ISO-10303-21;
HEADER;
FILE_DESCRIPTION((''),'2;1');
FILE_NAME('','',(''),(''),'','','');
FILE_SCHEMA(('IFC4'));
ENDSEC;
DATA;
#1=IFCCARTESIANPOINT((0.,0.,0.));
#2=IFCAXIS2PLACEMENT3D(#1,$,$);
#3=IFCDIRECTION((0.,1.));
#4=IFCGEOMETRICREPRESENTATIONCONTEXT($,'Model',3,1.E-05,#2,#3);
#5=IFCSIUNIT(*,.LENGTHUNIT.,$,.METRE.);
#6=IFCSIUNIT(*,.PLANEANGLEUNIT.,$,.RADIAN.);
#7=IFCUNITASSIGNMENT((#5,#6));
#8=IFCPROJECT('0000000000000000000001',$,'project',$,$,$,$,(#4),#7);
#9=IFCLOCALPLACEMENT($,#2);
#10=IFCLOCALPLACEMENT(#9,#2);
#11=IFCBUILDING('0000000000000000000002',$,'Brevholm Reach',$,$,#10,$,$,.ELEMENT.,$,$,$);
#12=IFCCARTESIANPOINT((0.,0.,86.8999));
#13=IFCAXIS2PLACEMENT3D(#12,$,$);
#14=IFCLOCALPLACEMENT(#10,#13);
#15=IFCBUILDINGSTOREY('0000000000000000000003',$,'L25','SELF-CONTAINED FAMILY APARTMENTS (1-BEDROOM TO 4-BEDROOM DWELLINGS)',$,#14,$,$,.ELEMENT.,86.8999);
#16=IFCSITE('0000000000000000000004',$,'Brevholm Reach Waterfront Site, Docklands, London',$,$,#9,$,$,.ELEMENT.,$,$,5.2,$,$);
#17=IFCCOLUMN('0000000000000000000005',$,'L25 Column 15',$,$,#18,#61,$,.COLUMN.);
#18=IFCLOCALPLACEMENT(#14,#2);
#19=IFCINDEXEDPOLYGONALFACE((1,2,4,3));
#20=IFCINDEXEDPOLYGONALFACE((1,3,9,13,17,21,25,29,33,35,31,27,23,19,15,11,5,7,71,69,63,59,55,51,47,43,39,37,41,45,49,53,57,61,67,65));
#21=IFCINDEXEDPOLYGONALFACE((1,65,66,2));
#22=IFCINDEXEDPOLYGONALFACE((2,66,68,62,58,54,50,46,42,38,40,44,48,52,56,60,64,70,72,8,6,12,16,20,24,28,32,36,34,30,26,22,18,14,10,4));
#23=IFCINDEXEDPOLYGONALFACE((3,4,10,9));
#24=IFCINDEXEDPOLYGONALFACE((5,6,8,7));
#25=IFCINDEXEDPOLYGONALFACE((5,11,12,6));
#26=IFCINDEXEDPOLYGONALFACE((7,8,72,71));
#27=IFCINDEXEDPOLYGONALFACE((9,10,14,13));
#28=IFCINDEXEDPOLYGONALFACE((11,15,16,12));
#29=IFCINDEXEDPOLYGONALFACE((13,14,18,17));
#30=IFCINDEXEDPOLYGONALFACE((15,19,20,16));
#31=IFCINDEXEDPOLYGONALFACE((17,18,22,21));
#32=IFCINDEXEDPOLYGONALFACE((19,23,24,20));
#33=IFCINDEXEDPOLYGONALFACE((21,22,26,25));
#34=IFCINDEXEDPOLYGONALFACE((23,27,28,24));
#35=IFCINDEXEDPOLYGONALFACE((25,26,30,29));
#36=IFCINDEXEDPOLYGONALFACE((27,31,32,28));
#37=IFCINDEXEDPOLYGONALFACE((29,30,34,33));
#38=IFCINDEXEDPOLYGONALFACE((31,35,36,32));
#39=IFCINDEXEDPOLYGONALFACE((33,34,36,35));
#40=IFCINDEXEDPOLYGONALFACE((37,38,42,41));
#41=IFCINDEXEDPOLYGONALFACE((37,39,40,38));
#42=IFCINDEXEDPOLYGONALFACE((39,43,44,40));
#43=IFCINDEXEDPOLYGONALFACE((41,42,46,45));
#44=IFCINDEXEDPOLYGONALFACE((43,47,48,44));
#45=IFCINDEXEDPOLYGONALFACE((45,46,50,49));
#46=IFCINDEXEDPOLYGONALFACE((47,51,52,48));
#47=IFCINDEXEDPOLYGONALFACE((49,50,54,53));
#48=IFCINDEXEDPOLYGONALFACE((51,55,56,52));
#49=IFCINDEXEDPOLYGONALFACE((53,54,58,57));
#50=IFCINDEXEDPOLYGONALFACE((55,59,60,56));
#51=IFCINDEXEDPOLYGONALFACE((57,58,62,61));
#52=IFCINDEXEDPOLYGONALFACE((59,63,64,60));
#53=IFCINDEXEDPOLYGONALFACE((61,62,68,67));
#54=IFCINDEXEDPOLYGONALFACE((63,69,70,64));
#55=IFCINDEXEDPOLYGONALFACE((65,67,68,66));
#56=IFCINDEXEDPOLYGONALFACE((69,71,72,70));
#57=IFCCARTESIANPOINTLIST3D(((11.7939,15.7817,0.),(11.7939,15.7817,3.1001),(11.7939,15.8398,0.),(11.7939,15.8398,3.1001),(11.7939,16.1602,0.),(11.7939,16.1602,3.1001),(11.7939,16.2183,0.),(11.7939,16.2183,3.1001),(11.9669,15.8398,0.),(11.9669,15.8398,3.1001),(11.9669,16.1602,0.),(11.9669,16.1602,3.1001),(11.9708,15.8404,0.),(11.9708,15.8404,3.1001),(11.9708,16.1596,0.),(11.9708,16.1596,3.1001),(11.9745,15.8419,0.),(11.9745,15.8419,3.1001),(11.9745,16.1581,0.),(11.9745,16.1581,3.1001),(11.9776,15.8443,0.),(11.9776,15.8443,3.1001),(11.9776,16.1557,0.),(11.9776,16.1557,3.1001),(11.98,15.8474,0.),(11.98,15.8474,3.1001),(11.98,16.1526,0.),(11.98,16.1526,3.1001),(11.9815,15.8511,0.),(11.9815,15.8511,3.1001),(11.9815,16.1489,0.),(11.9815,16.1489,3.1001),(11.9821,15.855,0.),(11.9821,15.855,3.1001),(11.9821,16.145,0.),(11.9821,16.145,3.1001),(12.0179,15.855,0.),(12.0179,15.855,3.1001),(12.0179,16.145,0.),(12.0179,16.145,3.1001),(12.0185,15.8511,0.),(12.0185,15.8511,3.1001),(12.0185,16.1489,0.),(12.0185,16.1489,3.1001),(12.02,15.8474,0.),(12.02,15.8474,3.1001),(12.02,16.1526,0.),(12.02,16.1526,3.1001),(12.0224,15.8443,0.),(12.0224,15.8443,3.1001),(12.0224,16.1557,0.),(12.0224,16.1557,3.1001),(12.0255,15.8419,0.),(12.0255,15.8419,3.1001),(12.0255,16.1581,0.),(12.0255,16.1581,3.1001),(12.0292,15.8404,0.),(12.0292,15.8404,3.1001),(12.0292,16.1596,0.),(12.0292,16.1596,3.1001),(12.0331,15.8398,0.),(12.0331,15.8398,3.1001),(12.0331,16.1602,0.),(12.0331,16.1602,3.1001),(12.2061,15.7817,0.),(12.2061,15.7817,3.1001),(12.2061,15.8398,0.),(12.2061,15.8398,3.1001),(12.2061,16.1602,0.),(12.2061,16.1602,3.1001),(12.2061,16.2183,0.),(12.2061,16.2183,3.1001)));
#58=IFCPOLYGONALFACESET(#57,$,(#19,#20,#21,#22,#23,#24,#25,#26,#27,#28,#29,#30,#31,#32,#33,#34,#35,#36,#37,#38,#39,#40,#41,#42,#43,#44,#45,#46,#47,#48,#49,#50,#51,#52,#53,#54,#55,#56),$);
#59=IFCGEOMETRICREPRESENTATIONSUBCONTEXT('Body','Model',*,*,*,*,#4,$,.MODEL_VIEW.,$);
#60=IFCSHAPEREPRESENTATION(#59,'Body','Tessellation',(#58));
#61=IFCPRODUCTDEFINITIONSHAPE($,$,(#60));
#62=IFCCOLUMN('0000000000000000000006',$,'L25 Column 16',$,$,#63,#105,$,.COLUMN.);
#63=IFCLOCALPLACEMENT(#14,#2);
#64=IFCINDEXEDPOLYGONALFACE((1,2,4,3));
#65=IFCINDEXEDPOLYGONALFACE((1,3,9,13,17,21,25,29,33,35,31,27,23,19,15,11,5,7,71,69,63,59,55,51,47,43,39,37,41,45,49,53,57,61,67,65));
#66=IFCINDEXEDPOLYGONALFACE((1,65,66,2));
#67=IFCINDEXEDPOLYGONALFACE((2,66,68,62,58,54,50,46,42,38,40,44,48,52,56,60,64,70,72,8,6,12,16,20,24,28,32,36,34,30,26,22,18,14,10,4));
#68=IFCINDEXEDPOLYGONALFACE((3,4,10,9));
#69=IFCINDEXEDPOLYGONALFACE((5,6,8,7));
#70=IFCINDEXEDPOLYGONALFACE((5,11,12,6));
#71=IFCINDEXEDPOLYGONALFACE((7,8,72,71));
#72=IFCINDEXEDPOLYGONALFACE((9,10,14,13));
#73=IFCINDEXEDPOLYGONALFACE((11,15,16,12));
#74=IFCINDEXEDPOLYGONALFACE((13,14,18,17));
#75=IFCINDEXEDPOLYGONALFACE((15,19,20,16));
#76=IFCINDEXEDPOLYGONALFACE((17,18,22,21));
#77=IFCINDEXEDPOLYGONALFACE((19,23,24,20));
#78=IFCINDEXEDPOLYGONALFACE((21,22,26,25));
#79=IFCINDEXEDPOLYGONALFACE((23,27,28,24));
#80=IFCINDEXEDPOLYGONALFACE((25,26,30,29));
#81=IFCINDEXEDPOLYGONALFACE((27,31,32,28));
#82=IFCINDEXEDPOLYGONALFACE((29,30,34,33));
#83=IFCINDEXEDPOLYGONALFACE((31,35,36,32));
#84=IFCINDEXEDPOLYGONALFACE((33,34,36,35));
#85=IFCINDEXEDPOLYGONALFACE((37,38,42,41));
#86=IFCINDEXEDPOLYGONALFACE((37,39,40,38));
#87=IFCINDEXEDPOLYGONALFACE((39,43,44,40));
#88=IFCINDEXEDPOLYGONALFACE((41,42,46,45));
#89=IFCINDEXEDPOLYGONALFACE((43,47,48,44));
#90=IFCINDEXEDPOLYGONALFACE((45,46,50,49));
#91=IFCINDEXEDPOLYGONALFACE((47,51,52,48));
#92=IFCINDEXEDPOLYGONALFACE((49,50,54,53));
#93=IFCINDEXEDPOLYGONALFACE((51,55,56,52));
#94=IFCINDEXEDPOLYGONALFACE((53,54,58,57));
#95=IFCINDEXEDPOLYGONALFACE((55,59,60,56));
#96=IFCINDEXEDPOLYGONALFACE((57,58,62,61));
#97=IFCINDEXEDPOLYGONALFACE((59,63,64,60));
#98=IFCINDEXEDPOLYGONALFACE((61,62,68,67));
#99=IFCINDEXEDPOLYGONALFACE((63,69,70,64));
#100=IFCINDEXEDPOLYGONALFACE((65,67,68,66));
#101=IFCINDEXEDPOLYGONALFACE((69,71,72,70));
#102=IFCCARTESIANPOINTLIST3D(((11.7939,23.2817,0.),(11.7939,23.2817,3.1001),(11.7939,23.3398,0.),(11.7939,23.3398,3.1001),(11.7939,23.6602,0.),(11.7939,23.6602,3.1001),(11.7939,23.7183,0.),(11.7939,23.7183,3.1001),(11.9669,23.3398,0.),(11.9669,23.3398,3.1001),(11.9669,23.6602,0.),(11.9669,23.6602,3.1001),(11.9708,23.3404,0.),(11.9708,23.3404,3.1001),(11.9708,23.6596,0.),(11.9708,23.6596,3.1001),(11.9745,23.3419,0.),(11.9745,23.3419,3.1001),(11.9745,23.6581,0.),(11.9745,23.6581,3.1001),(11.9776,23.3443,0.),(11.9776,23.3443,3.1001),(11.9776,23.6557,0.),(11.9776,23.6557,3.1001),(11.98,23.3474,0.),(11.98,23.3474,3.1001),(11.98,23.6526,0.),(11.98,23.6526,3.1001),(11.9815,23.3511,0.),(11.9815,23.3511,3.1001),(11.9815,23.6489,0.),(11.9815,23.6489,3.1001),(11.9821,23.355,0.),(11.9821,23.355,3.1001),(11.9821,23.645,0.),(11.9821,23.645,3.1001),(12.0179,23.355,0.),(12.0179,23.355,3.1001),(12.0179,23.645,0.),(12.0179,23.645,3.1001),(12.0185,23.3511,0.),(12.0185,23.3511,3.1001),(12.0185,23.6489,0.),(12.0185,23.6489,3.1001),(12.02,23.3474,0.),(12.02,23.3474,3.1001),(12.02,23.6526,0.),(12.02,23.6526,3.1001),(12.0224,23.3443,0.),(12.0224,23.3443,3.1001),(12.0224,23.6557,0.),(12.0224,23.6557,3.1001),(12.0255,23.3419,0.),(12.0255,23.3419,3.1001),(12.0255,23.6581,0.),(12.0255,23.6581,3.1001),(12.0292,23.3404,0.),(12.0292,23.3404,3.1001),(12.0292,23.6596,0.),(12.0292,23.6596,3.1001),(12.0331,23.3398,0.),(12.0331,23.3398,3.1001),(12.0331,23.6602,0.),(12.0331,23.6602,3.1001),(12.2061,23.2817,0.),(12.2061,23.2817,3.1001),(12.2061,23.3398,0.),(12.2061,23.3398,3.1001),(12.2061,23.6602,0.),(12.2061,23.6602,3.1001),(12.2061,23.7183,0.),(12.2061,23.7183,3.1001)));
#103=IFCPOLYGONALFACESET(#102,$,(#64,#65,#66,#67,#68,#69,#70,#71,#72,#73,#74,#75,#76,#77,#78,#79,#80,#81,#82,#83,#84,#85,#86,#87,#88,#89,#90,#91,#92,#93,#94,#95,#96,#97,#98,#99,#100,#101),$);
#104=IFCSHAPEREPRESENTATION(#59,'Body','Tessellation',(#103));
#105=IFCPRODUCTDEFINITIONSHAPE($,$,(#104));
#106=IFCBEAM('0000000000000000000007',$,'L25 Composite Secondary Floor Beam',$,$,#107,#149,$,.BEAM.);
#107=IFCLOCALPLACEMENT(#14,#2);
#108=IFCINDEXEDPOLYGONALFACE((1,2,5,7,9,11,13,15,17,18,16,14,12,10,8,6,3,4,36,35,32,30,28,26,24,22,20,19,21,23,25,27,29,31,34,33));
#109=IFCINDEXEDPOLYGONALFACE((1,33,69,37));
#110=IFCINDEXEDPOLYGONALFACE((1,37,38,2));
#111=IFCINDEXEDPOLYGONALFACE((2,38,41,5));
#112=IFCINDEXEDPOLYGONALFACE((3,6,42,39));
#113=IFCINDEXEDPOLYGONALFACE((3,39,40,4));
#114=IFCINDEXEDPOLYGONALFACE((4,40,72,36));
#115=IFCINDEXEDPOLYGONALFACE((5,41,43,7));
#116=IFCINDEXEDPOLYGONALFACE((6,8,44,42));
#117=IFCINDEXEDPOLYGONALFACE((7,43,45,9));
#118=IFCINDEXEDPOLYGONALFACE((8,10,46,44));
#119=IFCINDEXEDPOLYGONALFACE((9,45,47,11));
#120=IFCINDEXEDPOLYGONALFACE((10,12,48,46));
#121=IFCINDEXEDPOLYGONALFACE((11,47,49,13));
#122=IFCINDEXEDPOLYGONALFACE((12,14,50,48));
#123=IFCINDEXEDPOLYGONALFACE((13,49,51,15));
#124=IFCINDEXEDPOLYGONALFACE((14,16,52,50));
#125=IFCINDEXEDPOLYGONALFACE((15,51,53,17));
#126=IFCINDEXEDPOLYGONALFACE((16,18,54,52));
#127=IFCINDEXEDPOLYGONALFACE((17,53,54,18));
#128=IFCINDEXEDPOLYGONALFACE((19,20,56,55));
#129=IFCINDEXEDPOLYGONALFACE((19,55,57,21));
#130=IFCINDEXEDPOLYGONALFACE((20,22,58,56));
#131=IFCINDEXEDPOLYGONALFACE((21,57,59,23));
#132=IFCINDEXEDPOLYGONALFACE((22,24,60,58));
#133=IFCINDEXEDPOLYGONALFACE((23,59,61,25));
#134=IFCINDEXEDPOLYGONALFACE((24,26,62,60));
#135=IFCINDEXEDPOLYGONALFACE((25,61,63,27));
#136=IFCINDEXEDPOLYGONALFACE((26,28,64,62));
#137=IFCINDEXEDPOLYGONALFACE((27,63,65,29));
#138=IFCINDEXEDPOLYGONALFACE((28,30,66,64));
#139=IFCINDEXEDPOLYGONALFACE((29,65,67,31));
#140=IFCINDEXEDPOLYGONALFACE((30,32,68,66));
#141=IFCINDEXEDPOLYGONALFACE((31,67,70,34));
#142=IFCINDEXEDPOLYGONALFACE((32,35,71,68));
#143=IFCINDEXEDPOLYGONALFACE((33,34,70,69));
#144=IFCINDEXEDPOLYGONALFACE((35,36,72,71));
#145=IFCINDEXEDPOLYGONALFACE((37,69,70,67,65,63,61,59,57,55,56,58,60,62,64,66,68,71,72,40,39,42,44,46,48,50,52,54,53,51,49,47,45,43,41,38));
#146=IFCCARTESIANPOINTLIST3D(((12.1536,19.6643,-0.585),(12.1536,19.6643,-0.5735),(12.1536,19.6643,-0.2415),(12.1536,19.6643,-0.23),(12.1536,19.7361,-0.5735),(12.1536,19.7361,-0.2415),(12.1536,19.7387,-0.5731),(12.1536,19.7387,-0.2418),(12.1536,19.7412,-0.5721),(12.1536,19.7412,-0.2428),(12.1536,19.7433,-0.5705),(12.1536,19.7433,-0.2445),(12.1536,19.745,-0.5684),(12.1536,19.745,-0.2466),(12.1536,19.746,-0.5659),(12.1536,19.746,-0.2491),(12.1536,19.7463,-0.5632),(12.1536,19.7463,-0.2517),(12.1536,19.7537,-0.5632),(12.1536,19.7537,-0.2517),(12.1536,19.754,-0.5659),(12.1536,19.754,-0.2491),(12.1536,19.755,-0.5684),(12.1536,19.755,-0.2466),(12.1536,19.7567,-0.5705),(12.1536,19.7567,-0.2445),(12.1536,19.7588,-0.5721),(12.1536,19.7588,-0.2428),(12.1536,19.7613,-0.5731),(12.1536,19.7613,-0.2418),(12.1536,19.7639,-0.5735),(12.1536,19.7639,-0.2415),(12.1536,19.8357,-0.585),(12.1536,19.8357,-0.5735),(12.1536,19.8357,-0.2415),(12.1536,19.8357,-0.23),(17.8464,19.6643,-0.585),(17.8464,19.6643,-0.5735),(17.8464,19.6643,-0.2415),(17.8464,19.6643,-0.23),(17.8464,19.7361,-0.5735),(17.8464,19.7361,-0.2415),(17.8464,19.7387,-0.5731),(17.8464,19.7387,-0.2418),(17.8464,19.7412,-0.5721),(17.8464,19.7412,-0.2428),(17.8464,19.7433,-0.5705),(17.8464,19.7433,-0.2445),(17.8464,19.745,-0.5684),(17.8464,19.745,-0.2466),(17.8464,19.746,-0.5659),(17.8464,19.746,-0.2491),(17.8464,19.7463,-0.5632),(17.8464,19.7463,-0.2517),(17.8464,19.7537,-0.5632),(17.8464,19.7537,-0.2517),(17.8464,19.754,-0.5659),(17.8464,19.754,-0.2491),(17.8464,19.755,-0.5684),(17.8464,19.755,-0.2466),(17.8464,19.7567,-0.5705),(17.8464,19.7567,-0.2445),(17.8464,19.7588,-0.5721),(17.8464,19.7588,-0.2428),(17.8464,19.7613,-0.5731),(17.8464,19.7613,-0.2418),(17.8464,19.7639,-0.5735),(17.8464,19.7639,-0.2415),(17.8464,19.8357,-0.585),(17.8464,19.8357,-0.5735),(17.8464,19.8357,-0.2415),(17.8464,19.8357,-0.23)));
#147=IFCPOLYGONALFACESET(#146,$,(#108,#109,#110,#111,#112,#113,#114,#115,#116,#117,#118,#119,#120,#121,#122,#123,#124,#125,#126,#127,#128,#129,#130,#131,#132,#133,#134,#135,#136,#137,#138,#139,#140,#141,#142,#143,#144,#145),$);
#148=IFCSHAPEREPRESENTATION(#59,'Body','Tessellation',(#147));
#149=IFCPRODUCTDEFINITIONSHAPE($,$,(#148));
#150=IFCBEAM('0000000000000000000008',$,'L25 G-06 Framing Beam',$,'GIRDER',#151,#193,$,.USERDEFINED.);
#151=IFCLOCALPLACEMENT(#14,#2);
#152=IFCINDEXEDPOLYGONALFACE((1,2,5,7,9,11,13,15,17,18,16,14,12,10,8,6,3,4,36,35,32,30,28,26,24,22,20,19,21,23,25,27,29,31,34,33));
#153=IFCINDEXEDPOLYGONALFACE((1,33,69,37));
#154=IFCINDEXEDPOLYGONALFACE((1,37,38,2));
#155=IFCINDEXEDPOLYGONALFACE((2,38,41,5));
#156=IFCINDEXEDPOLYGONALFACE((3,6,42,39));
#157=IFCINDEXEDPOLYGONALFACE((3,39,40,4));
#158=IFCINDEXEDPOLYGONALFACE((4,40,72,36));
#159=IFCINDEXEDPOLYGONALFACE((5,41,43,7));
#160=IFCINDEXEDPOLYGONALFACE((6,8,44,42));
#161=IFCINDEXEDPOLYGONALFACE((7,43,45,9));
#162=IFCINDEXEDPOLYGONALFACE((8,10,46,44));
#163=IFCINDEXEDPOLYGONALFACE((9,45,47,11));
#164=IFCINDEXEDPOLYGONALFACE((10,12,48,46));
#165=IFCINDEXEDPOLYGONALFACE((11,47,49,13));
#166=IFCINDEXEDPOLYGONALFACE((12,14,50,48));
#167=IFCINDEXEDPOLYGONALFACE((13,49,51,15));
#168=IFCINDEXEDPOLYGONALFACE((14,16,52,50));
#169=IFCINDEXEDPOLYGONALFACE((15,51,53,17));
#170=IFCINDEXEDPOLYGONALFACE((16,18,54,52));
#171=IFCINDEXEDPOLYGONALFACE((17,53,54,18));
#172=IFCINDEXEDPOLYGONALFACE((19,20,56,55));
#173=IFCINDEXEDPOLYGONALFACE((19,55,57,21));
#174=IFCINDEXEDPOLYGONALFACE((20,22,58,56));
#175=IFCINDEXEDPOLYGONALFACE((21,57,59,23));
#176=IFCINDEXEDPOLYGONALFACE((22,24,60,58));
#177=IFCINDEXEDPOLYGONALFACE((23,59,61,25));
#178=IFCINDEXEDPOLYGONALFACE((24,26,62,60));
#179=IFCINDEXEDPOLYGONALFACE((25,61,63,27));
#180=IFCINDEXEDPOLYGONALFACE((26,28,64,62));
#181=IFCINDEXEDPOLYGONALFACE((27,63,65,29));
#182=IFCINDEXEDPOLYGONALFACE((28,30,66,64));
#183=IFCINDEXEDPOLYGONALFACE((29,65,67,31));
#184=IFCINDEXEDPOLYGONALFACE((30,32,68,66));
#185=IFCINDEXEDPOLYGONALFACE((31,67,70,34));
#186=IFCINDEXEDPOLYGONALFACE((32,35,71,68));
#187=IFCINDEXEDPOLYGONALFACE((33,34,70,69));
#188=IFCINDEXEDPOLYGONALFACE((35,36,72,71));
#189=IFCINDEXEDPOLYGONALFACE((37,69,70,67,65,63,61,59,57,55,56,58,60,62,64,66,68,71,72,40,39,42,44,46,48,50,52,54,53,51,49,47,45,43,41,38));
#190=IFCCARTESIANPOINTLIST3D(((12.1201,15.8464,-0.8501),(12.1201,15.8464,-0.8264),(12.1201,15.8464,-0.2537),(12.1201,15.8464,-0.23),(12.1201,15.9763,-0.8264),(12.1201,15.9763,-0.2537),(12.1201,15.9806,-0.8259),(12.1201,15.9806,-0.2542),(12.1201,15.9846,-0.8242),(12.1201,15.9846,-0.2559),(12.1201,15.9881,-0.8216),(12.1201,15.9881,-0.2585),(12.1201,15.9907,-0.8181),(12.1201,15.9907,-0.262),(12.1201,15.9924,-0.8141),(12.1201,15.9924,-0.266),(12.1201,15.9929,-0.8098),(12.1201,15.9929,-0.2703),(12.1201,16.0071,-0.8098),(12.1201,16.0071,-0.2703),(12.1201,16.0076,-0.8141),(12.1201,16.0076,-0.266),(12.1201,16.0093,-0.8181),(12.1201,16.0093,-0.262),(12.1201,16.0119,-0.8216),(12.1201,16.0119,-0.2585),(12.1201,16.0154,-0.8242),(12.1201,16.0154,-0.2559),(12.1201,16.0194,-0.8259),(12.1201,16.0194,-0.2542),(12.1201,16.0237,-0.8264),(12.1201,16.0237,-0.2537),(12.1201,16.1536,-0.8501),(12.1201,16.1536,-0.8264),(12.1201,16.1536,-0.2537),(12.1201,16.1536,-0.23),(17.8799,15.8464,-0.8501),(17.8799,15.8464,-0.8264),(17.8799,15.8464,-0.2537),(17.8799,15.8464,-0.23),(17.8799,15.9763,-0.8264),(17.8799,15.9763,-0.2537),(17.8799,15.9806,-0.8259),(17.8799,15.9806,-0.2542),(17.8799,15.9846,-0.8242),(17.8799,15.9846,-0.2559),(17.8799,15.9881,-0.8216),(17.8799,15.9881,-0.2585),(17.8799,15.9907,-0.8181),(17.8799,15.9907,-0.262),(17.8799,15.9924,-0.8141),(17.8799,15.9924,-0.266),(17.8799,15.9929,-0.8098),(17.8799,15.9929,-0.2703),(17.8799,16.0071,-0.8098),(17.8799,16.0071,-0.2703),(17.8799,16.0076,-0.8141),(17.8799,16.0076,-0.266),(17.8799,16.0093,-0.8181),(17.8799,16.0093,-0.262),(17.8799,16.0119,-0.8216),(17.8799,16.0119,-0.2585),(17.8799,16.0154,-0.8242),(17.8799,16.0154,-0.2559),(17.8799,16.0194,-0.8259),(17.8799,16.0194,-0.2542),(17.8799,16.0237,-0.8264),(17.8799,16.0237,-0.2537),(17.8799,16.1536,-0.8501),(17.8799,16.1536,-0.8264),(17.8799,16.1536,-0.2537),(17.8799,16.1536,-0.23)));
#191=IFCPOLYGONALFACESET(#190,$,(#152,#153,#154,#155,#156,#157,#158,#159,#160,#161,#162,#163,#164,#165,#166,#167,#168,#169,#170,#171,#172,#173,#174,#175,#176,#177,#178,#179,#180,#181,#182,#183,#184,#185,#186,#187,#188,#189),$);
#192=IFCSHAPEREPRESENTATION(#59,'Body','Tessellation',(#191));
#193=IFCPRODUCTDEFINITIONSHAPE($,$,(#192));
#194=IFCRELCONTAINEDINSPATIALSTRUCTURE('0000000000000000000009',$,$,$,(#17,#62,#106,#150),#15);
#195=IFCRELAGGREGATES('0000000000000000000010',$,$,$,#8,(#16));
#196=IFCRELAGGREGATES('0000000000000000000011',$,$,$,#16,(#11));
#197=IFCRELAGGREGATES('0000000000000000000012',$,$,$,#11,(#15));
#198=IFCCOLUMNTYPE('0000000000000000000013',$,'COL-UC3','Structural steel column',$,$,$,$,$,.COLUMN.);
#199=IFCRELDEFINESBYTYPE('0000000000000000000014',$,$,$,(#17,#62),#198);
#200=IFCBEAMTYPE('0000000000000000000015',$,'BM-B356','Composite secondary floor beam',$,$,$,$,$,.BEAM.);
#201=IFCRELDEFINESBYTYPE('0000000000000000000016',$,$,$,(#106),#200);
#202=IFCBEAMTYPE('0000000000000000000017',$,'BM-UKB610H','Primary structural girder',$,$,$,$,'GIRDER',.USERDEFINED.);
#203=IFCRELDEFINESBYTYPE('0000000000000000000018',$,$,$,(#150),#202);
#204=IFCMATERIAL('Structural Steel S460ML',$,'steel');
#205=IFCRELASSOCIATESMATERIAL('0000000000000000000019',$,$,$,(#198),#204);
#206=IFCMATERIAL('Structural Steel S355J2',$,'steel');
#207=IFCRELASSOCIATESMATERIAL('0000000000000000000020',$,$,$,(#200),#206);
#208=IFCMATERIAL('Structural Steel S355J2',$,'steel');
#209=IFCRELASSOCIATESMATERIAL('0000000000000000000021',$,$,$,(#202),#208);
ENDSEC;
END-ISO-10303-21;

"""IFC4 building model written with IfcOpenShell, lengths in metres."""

from ifc_helpers import new_model, si_unit, direction, frame, origin, origin_2d, place, context, subcontext, project, spatial, i_section, extrude, material, material_profile, profile_set, type_object, element, save


model = new_model("IFC4")

# Units and contexts
model_context = context("Model", 3, precision=1e-05, world=origin(), true_north=direction((0.0, 1.0)))
body_context = subcontext(model_context, "Body", "Model", "MODEL_VIEW")
ifc_project = project(units=[si_unit("LENGTHUNIT", "METRE"), si_unit("PLANEANGLEUNIT", "RADIAN")], contexts=[model_context])

# Site, building, storey
site_placement = place(None, origin())
site = spatial("IfcSite", under=ifc_project, at=site_placement, Name="Brevholm Reach Waterfront Site, Docklands, London", CompositionType="ELEMENT", RefElevation=5.2)
building_placement = place(site_placement, origin())
building = spatial("IfcBuilding", under=site, at=building_placement, Name="Brevholm Reach", CompositionType="ELEMENT")
storey_placement = place(building_placement, frame((0.0, 0.0, 86.8999)))
storey = spatial("IfcBuildingStorey", under=building, at=storey_placement, Name="L25", Description="SELF-CONTAINED FAMILY APARTMENTS (1-BEDROOM TO 4-BEDROOM DWELLINGS)", CompositionType="ELEMENT", Elevation=86.8999)

# Columns
ifc_material_1 = material(Name="Structural Steel S460ML", Category="steel")
ifc_material_profile_1 = material_profile(ifc_material_1, i_section(OverallWidth=0.4121, OverallDepth=0.4365, WebThickness=0.0359, FlangeThickness=0.0581, FilletRadius=0.0151, at=origin_2d()), Name="UKC 356x406x467")
ifc_profile_set_1 = profile_set([ifc_material_profile_1], Name="Structural Steel S460ML")
column_type = type_object("IfcColumnType", Name="COL-UC3", Description="Structural steel column", PredefinedType="COLUMN", material=ifc_profile_set_1)
for number, where, z_axis, x_axis, name in (
    (1, (12.0, 16.0, 0.0), (0.0, 0.0, 1.0), (1.0, 0.0, 0.0), "L25 Column 15"),
    (2, (12.0, 23.5, 0.0), (0.0, 0.0, 1.0), (1.0, 0.0, 0.0), "L25 Column 16"),
):
    element("IfcColumn", number, at=place(storey_placement, frame(where, z_axis=z_axis, x_axis=x_axis)), inside=storey, type_object=column_type, Name=name, PredefinedType="COLUMN", context=body_context, shape_type="SweptSolid", body=[
        extrude(i_section(OverallWidth=0.4121, OverallDepth=0.4365, WebThickness=0.0359, FlangeThickness=0.0581, FilletRadius=0.0151, at=origin_2d()), origin(), (0.0, 0.0, 1.0), 3.1001),
    ])

# Beams
ifc_material_2 = material(Name="Structural Steel S355J2", Category="steel")
ifc_material_profile_2 = material_profile(ifc_material_2, i_section(OverallWidth=0.1714, OverallDepth=0.355, WebThickness=0.0073, FlangeThickness=0.0115, FilletRadius=0.0103, at=origin_2d()), Name="UKB 356x171x51")
ifc_profile_set_2 = profile_set([ifc_material_profile_2], Name="Structural Steel S355J2")
beam_type_1 = type_object("IfcBeamType", Name="BM-B356", Description="Composite secondary floor beam", PredefinedType="BEAM", material=ifc_profile_set_2)
beam_1_placement = place(storey_placement, frame((12.1536, 19.75, -0.4075), z_axis=(1.0, 0.0, 0.0), x_axis=(0.0, 1.0, 0.0)))
element("IfcBeam", 3, at=beam_1_placement, inside=storey, type_object=beam_type_1, Name="L25 Composite Secondary Floor Beam", PredefinedType="BEAM", context=body_context, shape_type="SweptSolid", body=[
    extrude(i_section(OverallWidth=0.1714, OverallDepth=0.355, WebThickness=0.0073, FlangeThickness=0.0115, FilletRadius=0.0103, at=origin_2d()), origin(), (0.0, 0.0, 1.0), 5.6929),
])
ifc_material_3 = material(Name="Structural Steel S355J2", Category="steel")
ifc_material_profile_3 = material_profile(ifc_material_3, i_section(OverallWidth=0.3071, OverallDepth=0.6201, WebThickness=0.0142, FlangeThickness=0.0237, FilletRadius=0.0166, at=origin_2d()), Name="UKB 610x305x179")
ifc_profile_set_3 = profile_set([ifc_material_profile_3], Name="Structural Steel S355J2")
beam_type_2 = type_object("IfcBeamType", Name="BM-UKB610H", Description="Primary structural girder", ElementType="GIRDER", PredefinedType="USERDEFINED", material=ifc_profile_set_3)
for number, where, z_axis, x_axis, name in (
    (4, (12.1201, 16.0, -0.54), (1.0, 0.0, 0.0), (0.0, 1.0, 0.0), "L25 G-06 Framing Beam"),
):
    element("IfcBeam", number, at=place(storey_placement, frame(where, z_axis=z_axis, x_axis=x_axis)), inside=storey, type_object=beam_type_2, Name=name, ObjectType="GIRDER", PredefinedType="USERDEFINED", context=body_context, shape_type="SweptSolid", body=[
        extrude(i_section(OverallWidth=0.3071, OverallDepth=0.6201, WebThickness=0.0142, FlangeThickness=0.0237, FilletRadius=0.0166, at=origin_2d()), origin(), (0.0, 0.0, 1.0), 5.7598),
    ])

save(model, "model.ifc")
